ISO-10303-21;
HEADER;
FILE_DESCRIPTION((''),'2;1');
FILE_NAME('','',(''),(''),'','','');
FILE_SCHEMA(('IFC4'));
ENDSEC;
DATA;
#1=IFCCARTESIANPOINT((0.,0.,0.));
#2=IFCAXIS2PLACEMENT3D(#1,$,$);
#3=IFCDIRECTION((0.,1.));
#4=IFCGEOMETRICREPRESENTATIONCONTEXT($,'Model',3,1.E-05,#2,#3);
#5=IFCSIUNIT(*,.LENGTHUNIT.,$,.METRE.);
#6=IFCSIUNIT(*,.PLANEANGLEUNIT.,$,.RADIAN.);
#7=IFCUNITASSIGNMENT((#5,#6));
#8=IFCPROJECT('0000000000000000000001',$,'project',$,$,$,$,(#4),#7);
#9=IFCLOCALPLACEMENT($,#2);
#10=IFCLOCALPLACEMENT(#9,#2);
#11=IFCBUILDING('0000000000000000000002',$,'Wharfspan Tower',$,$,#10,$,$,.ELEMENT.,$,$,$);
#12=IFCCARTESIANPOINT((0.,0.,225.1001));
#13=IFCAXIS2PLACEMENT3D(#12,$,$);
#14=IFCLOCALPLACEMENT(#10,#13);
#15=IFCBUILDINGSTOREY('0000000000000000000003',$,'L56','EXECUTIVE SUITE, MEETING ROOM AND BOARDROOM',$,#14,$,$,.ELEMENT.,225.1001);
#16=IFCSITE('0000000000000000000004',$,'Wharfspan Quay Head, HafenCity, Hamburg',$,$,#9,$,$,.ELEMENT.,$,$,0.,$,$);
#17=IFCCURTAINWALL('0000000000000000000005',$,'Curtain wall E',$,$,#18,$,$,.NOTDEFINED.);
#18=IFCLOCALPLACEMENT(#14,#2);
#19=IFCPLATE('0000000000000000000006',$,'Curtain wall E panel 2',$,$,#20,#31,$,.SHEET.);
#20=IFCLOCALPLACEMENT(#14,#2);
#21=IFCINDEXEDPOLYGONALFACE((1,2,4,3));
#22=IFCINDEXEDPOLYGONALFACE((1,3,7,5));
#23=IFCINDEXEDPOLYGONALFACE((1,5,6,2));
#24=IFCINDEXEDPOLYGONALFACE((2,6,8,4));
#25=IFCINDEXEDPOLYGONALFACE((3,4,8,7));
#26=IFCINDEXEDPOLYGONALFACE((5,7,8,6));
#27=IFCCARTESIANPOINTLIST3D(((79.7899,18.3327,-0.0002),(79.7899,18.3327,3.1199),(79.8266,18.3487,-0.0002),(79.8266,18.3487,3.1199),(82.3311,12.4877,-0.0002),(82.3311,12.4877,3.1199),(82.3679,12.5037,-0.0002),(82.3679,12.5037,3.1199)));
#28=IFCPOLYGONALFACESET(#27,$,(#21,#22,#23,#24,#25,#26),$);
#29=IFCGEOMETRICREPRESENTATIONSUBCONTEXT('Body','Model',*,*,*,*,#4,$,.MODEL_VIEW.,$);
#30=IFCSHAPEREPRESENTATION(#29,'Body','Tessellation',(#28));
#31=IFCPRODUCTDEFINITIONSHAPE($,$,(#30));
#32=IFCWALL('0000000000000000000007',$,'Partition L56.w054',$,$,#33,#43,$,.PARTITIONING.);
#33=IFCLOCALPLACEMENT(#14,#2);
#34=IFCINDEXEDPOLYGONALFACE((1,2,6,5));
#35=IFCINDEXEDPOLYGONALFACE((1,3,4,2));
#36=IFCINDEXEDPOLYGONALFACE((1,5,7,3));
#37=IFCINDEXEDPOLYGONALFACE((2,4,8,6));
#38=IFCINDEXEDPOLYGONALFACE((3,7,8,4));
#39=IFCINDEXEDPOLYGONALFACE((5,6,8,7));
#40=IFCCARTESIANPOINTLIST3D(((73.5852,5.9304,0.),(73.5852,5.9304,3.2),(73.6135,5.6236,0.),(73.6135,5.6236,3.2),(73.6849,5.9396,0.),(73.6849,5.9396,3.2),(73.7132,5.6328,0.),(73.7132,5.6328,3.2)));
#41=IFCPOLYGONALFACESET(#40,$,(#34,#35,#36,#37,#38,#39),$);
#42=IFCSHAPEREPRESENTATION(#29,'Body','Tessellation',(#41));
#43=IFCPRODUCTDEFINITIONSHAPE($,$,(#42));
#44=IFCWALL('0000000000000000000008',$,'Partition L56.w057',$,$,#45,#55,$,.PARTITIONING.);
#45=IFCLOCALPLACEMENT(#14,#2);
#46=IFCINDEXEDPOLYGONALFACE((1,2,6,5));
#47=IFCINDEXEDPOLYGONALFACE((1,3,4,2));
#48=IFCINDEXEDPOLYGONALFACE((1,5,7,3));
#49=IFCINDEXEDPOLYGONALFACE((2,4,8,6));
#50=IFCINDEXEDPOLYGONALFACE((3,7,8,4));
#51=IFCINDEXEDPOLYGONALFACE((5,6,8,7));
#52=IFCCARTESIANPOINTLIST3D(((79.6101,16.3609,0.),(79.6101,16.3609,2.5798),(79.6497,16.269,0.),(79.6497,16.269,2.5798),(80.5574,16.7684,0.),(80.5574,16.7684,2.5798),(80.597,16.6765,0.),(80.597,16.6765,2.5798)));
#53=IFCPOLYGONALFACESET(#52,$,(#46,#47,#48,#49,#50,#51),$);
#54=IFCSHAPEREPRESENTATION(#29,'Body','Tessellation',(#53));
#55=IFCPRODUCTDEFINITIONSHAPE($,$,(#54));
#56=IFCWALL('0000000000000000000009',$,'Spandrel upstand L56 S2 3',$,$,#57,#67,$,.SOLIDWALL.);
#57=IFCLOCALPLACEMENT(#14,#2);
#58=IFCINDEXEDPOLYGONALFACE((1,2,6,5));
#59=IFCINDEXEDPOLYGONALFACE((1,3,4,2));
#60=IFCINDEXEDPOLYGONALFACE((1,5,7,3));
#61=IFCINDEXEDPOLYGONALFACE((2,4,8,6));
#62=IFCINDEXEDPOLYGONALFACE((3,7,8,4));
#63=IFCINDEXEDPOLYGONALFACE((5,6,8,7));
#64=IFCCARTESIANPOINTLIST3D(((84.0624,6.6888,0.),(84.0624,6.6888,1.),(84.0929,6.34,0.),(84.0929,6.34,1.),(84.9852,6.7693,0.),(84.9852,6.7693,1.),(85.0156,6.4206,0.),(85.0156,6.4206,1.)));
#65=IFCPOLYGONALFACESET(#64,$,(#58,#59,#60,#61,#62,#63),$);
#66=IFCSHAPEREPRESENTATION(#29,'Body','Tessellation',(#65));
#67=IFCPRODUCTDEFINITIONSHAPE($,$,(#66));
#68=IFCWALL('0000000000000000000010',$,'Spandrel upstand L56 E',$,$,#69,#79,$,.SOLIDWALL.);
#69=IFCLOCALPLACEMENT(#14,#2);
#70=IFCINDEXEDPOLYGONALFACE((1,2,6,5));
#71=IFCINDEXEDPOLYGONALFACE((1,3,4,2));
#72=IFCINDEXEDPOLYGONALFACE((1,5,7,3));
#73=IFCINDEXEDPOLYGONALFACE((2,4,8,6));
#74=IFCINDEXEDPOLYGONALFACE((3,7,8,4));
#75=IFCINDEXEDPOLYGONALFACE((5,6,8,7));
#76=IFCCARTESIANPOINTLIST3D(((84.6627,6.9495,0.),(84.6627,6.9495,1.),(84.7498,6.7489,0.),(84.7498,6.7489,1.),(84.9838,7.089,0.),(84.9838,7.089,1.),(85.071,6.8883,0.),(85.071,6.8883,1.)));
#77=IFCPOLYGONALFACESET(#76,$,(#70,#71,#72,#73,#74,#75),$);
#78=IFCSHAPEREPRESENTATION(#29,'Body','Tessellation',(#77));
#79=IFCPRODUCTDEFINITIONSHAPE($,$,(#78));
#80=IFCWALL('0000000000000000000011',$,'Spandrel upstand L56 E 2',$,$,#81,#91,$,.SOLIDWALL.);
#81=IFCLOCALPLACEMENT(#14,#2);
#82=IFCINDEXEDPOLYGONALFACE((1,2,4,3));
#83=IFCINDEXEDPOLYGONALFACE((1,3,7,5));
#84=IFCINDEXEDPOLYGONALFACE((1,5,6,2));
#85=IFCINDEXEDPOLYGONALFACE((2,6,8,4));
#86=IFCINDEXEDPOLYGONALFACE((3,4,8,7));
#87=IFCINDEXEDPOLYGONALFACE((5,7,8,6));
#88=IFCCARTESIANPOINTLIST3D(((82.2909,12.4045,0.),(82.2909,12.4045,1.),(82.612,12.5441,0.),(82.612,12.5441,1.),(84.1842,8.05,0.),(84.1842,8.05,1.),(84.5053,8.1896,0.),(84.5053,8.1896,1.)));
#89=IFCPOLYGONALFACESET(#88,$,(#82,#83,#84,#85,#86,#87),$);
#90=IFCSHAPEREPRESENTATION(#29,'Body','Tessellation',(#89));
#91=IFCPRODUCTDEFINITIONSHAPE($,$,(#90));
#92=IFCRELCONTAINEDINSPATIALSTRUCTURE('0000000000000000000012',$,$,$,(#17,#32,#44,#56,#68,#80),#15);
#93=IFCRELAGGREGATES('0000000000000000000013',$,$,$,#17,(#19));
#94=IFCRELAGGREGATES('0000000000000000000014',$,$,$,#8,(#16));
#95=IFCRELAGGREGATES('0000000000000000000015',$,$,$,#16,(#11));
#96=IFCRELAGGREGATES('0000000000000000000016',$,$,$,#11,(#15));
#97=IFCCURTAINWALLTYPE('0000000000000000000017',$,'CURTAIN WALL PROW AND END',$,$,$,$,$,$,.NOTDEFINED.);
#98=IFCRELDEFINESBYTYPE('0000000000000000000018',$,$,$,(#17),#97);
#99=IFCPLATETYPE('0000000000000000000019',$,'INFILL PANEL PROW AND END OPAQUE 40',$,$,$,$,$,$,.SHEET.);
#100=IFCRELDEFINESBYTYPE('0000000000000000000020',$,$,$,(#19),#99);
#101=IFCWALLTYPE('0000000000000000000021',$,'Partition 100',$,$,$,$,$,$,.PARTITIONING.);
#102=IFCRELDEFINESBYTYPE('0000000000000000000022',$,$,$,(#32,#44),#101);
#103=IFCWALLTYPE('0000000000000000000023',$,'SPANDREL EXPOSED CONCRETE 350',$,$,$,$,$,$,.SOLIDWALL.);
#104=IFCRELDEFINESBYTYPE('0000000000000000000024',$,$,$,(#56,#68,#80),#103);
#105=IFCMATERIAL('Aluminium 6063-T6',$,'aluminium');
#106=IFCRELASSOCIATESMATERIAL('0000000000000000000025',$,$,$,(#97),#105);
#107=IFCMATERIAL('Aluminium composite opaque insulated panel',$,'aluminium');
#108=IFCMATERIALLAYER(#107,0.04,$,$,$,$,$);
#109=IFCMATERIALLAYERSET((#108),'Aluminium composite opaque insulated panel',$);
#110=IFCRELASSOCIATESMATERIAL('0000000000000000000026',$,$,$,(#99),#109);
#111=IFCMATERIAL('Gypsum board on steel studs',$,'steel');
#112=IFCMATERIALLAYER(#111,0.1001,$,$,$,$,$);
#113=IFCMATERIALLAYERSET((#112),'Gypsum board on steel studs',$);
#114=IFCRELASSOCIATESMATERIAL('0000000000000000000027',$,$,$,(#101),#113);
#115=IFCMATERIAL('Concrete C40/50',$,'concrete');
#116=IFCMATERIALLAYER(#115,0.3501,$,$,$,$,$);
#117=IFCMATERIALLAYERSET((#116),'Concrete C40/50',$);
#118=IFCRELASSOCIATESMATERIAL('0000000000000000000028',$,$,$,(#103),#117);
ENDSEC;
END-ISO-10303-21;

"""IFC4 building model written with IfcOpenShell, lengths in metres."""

from ifc_helpers import new_model, si_unit, direction, frame, frame_2d, origin, origin_2d, place, context, subcontext, project, spatial, rectangle, extrude, material, layer, layer_set, type_object, element, aggregate, save


model = new_model("IFC4")

# Units and contexts
model_context = context("Model", 3, precision=1e-05, world=origin(), true_north=direction((0.0, 1.0)))
body_context = subcontext(model_context, "Body", "Model", "MODEL_VIEW")
ifc_project = project(units=[si_unit("LENGTHUNIT", "METRE"), si_unit("PLANEANGLEUNIT", "RADIAN")], contexts=[model_context])

# Site, building, storey
site_placement = place(None, origin())
site = spatial("IfcSite", under=ifc_project, at=site_placement, Name="Wharfspan Quay Head, HafenCity, Hamburg", CompositionType="ELEMENT", RefElevation=0.0)
building_placement = place(site_placement, origin())
building = spatial("IfcBuilding", under=site, at=building_placement, Name="Wharfspan Tower", CompositionType="ELEMENT")
storey_placement = place(building_placement, frame((0.0, 0.0, 225.1001)))
storey = spatial("IfcBuildingStorey", under=building, at=storey_placement, Name="L56", Description="EXECUTIVE SUITE, MEETING ROOM AND BOARDROOM", CompositionType="ELEMENT", Elevation=225.1001)

# Curtain wall
ifc_material_1 = material(Name="Aluminium 6063-T6", Category="aluminium")
curtain_wall_type_1 = type_object("IfcCurtainWallType", Name="CURTAIN WALL PROW AND END", PredefinedType="NOTDEFINED", material=ifc_material_1)
curtain_wall_1_placement = place(storey_placement, origin())
curtain_wall_1 = element("IfcCurtainWall", 1, at=curtain_wall_1_placement, inside=storey, type_object=curtain_wall_type_1, Name="Curtain wall E", PredefinedType="NOTDEFINED")

# Plate
ifc_material_2 = material(Name="Aluminium composite opaque insulated panel", Category="aluminium")
ifc_layer_1 = layer(ifc_material_2, 0.04)
ifc_layer_set_1 = layer_set([ifc_layer_1], Name="Aluminium composite opaque insulated panel")
plate_type_1 = type_object("IfcPlateType", Name="INFILL PANEL PROW AND END OPAQUE 40", PredefinedType="SHEET", material=ifc_layer_set_1)
plate_1_placement = place(storey_placement, frame((81.0789, 15.4182, -0.0002), z_axis=(0.0, 0.0, 1.0), x_axis=(-0.398727, 0.917072, 0.0)))
plate_1 = element("IfcPlate", 2, at=plate_1_placement, type_object=plate_type_1, Name="Curtain wall E panel 2", PredefinedType="SHEET", context=body_context, shape_type="SweptSolid", body=[
    extrude(rectangle(XDim=6.3735, YDim=0.04, at=origin_2d()), origin(), (0.0, 0.0, 1.0), 3.1201),
])
aggregate(curtain_wall_1, [plate_1])

# Walls
ifc_material_3 = material(Name="Gypsum board on steel studs", Category="steel")
ifc_layer_2 = layer(ifc_material_3, 0.1001)
ifc_layer_set_2 = layer_set([ifc_layer_2], Name="Gypsum board on steel studs")
wall_type_1 = type_object("IfcWallType", Name="Partition 100", PredefinedType="PARTITIONING", material=ifc_layer_set_2)
wall_1_placement = place(storey_placement, frame((73.6633, 5.6282, 0.0), z_axis=(0.0, 0.0, 1.0), x_axis=(-0.091893, 0.995772, 0.0)))
element("IfcWall", 3, at=wall_1_placement, inside=storey, type_object=wall_type_1, Name="Partition L56.w054", PredefinedType="PARTITIONING", context=body_context, shape_type="SweptSolid", body=[
    extrude(rectangle(XDim=0.3081, YDim=0.1001, at=frame_2d((0.1541, 0.0))), origin(), (0.0, 0.0, 1.0), 3.2),
])
wall_2_placement = place(storey_placement, frame((79.6299, 16.3149, 0.0), z_axis=(0.0, 0.0, 1.0), x_axis=(0.918616, 0.395147, 0.0)))
element("IfcWall", 4, at=wall_2_placement, inside=storey, type_object=wall_type_1, Name="Partition L56.w057", PredefinedType="PARTITIONING", context=body_context, shape_type="SweptSolid", body=[
    extrude(rectangle(XDim=1.0312, YDim=0.1001, at=frame_2d((0.5156, 0.0))), origin(), (0.0, 0.0, 1.0), 2.5798),
])
ifc_material_4 = material(Name="Concrete C40/50", Category="concrete")
ifc_layer_3 = layer(ifc_material_4, 0.3501)
ifc_layer_set_3 = layer_set([ifc_layer_3], Name="Concrete C40/50")
wall_type_2 = type_object("IfcWallType", Name="SPANDREL EXPOSED CONCRETE 350", PredefinedType="SOLIDWALL", material=ifc_layer_set_3)
wall_3_placement = place(storey_placement, frame((84.0776, 6.5144, 0.0), z_axis=(0.0, 0.0, 1.0), x_axis=(0.996213, 0.086971, 0.0)))
element("IfcWall", 5, at=wall_3_placement, inside=storey, type_object=wall_type_2, Name="Spandrel upstand L56 S2 3", PredefinedType="SOLIDWALL", context=body_context, shape_type="SweptSolid", body=[
    extrude(rectangle(XDim=0.9263, YDim=0.3501, at=frame_2d((0.4631, 0.0))), origin(), (0.0, 0.0, 1.0), 1.0),
])
wall_4_placement = place(storey_placement, frame((84.9104, 6.8186, 0.0), z_axis=(0.0, 0.0, 1.0), x_axis=(-0.398359, 0.91723, 0.0)))
element("IfcWall", 6, at=wall_4_placement, inside=storey, type_object=wall_type_2, Name="Spandrel upstand L56 E", PredefinedType="SOLIDWALL", context=body_context, shape_type="SweptSolid", body=[
    extrude(rectangle(XDim=0.2188, YDim=0.3501, at=frame_2d((0.1094, 0.0))), origin(), (0.0, 0.0, 1.0), 1.0),
])
wall_5_placement = place(storey_placement, frame((84.3447, 8.1199, 0.0), z_axis=(0.0, 0.0, 1.0), x_axis=(-0.398736, 0.917067, 0.0)))
element("IfcWall", 7, at=wall_5_placement, inside=storey, type_object=wall_type_2, Name="Spandrel upstand L56 E 2", PredefinedType="SOLIDWALL", context=body_context, shape_type="SweptSolid", body=[
    extrude(rectangle(XDim=4.7483, YDim=0.3501, at=frame_2d((2.374, 0.0))), origin(), (0.0, 0.0, 1.0), 1.0),
])

save(model, "model.ifc")
